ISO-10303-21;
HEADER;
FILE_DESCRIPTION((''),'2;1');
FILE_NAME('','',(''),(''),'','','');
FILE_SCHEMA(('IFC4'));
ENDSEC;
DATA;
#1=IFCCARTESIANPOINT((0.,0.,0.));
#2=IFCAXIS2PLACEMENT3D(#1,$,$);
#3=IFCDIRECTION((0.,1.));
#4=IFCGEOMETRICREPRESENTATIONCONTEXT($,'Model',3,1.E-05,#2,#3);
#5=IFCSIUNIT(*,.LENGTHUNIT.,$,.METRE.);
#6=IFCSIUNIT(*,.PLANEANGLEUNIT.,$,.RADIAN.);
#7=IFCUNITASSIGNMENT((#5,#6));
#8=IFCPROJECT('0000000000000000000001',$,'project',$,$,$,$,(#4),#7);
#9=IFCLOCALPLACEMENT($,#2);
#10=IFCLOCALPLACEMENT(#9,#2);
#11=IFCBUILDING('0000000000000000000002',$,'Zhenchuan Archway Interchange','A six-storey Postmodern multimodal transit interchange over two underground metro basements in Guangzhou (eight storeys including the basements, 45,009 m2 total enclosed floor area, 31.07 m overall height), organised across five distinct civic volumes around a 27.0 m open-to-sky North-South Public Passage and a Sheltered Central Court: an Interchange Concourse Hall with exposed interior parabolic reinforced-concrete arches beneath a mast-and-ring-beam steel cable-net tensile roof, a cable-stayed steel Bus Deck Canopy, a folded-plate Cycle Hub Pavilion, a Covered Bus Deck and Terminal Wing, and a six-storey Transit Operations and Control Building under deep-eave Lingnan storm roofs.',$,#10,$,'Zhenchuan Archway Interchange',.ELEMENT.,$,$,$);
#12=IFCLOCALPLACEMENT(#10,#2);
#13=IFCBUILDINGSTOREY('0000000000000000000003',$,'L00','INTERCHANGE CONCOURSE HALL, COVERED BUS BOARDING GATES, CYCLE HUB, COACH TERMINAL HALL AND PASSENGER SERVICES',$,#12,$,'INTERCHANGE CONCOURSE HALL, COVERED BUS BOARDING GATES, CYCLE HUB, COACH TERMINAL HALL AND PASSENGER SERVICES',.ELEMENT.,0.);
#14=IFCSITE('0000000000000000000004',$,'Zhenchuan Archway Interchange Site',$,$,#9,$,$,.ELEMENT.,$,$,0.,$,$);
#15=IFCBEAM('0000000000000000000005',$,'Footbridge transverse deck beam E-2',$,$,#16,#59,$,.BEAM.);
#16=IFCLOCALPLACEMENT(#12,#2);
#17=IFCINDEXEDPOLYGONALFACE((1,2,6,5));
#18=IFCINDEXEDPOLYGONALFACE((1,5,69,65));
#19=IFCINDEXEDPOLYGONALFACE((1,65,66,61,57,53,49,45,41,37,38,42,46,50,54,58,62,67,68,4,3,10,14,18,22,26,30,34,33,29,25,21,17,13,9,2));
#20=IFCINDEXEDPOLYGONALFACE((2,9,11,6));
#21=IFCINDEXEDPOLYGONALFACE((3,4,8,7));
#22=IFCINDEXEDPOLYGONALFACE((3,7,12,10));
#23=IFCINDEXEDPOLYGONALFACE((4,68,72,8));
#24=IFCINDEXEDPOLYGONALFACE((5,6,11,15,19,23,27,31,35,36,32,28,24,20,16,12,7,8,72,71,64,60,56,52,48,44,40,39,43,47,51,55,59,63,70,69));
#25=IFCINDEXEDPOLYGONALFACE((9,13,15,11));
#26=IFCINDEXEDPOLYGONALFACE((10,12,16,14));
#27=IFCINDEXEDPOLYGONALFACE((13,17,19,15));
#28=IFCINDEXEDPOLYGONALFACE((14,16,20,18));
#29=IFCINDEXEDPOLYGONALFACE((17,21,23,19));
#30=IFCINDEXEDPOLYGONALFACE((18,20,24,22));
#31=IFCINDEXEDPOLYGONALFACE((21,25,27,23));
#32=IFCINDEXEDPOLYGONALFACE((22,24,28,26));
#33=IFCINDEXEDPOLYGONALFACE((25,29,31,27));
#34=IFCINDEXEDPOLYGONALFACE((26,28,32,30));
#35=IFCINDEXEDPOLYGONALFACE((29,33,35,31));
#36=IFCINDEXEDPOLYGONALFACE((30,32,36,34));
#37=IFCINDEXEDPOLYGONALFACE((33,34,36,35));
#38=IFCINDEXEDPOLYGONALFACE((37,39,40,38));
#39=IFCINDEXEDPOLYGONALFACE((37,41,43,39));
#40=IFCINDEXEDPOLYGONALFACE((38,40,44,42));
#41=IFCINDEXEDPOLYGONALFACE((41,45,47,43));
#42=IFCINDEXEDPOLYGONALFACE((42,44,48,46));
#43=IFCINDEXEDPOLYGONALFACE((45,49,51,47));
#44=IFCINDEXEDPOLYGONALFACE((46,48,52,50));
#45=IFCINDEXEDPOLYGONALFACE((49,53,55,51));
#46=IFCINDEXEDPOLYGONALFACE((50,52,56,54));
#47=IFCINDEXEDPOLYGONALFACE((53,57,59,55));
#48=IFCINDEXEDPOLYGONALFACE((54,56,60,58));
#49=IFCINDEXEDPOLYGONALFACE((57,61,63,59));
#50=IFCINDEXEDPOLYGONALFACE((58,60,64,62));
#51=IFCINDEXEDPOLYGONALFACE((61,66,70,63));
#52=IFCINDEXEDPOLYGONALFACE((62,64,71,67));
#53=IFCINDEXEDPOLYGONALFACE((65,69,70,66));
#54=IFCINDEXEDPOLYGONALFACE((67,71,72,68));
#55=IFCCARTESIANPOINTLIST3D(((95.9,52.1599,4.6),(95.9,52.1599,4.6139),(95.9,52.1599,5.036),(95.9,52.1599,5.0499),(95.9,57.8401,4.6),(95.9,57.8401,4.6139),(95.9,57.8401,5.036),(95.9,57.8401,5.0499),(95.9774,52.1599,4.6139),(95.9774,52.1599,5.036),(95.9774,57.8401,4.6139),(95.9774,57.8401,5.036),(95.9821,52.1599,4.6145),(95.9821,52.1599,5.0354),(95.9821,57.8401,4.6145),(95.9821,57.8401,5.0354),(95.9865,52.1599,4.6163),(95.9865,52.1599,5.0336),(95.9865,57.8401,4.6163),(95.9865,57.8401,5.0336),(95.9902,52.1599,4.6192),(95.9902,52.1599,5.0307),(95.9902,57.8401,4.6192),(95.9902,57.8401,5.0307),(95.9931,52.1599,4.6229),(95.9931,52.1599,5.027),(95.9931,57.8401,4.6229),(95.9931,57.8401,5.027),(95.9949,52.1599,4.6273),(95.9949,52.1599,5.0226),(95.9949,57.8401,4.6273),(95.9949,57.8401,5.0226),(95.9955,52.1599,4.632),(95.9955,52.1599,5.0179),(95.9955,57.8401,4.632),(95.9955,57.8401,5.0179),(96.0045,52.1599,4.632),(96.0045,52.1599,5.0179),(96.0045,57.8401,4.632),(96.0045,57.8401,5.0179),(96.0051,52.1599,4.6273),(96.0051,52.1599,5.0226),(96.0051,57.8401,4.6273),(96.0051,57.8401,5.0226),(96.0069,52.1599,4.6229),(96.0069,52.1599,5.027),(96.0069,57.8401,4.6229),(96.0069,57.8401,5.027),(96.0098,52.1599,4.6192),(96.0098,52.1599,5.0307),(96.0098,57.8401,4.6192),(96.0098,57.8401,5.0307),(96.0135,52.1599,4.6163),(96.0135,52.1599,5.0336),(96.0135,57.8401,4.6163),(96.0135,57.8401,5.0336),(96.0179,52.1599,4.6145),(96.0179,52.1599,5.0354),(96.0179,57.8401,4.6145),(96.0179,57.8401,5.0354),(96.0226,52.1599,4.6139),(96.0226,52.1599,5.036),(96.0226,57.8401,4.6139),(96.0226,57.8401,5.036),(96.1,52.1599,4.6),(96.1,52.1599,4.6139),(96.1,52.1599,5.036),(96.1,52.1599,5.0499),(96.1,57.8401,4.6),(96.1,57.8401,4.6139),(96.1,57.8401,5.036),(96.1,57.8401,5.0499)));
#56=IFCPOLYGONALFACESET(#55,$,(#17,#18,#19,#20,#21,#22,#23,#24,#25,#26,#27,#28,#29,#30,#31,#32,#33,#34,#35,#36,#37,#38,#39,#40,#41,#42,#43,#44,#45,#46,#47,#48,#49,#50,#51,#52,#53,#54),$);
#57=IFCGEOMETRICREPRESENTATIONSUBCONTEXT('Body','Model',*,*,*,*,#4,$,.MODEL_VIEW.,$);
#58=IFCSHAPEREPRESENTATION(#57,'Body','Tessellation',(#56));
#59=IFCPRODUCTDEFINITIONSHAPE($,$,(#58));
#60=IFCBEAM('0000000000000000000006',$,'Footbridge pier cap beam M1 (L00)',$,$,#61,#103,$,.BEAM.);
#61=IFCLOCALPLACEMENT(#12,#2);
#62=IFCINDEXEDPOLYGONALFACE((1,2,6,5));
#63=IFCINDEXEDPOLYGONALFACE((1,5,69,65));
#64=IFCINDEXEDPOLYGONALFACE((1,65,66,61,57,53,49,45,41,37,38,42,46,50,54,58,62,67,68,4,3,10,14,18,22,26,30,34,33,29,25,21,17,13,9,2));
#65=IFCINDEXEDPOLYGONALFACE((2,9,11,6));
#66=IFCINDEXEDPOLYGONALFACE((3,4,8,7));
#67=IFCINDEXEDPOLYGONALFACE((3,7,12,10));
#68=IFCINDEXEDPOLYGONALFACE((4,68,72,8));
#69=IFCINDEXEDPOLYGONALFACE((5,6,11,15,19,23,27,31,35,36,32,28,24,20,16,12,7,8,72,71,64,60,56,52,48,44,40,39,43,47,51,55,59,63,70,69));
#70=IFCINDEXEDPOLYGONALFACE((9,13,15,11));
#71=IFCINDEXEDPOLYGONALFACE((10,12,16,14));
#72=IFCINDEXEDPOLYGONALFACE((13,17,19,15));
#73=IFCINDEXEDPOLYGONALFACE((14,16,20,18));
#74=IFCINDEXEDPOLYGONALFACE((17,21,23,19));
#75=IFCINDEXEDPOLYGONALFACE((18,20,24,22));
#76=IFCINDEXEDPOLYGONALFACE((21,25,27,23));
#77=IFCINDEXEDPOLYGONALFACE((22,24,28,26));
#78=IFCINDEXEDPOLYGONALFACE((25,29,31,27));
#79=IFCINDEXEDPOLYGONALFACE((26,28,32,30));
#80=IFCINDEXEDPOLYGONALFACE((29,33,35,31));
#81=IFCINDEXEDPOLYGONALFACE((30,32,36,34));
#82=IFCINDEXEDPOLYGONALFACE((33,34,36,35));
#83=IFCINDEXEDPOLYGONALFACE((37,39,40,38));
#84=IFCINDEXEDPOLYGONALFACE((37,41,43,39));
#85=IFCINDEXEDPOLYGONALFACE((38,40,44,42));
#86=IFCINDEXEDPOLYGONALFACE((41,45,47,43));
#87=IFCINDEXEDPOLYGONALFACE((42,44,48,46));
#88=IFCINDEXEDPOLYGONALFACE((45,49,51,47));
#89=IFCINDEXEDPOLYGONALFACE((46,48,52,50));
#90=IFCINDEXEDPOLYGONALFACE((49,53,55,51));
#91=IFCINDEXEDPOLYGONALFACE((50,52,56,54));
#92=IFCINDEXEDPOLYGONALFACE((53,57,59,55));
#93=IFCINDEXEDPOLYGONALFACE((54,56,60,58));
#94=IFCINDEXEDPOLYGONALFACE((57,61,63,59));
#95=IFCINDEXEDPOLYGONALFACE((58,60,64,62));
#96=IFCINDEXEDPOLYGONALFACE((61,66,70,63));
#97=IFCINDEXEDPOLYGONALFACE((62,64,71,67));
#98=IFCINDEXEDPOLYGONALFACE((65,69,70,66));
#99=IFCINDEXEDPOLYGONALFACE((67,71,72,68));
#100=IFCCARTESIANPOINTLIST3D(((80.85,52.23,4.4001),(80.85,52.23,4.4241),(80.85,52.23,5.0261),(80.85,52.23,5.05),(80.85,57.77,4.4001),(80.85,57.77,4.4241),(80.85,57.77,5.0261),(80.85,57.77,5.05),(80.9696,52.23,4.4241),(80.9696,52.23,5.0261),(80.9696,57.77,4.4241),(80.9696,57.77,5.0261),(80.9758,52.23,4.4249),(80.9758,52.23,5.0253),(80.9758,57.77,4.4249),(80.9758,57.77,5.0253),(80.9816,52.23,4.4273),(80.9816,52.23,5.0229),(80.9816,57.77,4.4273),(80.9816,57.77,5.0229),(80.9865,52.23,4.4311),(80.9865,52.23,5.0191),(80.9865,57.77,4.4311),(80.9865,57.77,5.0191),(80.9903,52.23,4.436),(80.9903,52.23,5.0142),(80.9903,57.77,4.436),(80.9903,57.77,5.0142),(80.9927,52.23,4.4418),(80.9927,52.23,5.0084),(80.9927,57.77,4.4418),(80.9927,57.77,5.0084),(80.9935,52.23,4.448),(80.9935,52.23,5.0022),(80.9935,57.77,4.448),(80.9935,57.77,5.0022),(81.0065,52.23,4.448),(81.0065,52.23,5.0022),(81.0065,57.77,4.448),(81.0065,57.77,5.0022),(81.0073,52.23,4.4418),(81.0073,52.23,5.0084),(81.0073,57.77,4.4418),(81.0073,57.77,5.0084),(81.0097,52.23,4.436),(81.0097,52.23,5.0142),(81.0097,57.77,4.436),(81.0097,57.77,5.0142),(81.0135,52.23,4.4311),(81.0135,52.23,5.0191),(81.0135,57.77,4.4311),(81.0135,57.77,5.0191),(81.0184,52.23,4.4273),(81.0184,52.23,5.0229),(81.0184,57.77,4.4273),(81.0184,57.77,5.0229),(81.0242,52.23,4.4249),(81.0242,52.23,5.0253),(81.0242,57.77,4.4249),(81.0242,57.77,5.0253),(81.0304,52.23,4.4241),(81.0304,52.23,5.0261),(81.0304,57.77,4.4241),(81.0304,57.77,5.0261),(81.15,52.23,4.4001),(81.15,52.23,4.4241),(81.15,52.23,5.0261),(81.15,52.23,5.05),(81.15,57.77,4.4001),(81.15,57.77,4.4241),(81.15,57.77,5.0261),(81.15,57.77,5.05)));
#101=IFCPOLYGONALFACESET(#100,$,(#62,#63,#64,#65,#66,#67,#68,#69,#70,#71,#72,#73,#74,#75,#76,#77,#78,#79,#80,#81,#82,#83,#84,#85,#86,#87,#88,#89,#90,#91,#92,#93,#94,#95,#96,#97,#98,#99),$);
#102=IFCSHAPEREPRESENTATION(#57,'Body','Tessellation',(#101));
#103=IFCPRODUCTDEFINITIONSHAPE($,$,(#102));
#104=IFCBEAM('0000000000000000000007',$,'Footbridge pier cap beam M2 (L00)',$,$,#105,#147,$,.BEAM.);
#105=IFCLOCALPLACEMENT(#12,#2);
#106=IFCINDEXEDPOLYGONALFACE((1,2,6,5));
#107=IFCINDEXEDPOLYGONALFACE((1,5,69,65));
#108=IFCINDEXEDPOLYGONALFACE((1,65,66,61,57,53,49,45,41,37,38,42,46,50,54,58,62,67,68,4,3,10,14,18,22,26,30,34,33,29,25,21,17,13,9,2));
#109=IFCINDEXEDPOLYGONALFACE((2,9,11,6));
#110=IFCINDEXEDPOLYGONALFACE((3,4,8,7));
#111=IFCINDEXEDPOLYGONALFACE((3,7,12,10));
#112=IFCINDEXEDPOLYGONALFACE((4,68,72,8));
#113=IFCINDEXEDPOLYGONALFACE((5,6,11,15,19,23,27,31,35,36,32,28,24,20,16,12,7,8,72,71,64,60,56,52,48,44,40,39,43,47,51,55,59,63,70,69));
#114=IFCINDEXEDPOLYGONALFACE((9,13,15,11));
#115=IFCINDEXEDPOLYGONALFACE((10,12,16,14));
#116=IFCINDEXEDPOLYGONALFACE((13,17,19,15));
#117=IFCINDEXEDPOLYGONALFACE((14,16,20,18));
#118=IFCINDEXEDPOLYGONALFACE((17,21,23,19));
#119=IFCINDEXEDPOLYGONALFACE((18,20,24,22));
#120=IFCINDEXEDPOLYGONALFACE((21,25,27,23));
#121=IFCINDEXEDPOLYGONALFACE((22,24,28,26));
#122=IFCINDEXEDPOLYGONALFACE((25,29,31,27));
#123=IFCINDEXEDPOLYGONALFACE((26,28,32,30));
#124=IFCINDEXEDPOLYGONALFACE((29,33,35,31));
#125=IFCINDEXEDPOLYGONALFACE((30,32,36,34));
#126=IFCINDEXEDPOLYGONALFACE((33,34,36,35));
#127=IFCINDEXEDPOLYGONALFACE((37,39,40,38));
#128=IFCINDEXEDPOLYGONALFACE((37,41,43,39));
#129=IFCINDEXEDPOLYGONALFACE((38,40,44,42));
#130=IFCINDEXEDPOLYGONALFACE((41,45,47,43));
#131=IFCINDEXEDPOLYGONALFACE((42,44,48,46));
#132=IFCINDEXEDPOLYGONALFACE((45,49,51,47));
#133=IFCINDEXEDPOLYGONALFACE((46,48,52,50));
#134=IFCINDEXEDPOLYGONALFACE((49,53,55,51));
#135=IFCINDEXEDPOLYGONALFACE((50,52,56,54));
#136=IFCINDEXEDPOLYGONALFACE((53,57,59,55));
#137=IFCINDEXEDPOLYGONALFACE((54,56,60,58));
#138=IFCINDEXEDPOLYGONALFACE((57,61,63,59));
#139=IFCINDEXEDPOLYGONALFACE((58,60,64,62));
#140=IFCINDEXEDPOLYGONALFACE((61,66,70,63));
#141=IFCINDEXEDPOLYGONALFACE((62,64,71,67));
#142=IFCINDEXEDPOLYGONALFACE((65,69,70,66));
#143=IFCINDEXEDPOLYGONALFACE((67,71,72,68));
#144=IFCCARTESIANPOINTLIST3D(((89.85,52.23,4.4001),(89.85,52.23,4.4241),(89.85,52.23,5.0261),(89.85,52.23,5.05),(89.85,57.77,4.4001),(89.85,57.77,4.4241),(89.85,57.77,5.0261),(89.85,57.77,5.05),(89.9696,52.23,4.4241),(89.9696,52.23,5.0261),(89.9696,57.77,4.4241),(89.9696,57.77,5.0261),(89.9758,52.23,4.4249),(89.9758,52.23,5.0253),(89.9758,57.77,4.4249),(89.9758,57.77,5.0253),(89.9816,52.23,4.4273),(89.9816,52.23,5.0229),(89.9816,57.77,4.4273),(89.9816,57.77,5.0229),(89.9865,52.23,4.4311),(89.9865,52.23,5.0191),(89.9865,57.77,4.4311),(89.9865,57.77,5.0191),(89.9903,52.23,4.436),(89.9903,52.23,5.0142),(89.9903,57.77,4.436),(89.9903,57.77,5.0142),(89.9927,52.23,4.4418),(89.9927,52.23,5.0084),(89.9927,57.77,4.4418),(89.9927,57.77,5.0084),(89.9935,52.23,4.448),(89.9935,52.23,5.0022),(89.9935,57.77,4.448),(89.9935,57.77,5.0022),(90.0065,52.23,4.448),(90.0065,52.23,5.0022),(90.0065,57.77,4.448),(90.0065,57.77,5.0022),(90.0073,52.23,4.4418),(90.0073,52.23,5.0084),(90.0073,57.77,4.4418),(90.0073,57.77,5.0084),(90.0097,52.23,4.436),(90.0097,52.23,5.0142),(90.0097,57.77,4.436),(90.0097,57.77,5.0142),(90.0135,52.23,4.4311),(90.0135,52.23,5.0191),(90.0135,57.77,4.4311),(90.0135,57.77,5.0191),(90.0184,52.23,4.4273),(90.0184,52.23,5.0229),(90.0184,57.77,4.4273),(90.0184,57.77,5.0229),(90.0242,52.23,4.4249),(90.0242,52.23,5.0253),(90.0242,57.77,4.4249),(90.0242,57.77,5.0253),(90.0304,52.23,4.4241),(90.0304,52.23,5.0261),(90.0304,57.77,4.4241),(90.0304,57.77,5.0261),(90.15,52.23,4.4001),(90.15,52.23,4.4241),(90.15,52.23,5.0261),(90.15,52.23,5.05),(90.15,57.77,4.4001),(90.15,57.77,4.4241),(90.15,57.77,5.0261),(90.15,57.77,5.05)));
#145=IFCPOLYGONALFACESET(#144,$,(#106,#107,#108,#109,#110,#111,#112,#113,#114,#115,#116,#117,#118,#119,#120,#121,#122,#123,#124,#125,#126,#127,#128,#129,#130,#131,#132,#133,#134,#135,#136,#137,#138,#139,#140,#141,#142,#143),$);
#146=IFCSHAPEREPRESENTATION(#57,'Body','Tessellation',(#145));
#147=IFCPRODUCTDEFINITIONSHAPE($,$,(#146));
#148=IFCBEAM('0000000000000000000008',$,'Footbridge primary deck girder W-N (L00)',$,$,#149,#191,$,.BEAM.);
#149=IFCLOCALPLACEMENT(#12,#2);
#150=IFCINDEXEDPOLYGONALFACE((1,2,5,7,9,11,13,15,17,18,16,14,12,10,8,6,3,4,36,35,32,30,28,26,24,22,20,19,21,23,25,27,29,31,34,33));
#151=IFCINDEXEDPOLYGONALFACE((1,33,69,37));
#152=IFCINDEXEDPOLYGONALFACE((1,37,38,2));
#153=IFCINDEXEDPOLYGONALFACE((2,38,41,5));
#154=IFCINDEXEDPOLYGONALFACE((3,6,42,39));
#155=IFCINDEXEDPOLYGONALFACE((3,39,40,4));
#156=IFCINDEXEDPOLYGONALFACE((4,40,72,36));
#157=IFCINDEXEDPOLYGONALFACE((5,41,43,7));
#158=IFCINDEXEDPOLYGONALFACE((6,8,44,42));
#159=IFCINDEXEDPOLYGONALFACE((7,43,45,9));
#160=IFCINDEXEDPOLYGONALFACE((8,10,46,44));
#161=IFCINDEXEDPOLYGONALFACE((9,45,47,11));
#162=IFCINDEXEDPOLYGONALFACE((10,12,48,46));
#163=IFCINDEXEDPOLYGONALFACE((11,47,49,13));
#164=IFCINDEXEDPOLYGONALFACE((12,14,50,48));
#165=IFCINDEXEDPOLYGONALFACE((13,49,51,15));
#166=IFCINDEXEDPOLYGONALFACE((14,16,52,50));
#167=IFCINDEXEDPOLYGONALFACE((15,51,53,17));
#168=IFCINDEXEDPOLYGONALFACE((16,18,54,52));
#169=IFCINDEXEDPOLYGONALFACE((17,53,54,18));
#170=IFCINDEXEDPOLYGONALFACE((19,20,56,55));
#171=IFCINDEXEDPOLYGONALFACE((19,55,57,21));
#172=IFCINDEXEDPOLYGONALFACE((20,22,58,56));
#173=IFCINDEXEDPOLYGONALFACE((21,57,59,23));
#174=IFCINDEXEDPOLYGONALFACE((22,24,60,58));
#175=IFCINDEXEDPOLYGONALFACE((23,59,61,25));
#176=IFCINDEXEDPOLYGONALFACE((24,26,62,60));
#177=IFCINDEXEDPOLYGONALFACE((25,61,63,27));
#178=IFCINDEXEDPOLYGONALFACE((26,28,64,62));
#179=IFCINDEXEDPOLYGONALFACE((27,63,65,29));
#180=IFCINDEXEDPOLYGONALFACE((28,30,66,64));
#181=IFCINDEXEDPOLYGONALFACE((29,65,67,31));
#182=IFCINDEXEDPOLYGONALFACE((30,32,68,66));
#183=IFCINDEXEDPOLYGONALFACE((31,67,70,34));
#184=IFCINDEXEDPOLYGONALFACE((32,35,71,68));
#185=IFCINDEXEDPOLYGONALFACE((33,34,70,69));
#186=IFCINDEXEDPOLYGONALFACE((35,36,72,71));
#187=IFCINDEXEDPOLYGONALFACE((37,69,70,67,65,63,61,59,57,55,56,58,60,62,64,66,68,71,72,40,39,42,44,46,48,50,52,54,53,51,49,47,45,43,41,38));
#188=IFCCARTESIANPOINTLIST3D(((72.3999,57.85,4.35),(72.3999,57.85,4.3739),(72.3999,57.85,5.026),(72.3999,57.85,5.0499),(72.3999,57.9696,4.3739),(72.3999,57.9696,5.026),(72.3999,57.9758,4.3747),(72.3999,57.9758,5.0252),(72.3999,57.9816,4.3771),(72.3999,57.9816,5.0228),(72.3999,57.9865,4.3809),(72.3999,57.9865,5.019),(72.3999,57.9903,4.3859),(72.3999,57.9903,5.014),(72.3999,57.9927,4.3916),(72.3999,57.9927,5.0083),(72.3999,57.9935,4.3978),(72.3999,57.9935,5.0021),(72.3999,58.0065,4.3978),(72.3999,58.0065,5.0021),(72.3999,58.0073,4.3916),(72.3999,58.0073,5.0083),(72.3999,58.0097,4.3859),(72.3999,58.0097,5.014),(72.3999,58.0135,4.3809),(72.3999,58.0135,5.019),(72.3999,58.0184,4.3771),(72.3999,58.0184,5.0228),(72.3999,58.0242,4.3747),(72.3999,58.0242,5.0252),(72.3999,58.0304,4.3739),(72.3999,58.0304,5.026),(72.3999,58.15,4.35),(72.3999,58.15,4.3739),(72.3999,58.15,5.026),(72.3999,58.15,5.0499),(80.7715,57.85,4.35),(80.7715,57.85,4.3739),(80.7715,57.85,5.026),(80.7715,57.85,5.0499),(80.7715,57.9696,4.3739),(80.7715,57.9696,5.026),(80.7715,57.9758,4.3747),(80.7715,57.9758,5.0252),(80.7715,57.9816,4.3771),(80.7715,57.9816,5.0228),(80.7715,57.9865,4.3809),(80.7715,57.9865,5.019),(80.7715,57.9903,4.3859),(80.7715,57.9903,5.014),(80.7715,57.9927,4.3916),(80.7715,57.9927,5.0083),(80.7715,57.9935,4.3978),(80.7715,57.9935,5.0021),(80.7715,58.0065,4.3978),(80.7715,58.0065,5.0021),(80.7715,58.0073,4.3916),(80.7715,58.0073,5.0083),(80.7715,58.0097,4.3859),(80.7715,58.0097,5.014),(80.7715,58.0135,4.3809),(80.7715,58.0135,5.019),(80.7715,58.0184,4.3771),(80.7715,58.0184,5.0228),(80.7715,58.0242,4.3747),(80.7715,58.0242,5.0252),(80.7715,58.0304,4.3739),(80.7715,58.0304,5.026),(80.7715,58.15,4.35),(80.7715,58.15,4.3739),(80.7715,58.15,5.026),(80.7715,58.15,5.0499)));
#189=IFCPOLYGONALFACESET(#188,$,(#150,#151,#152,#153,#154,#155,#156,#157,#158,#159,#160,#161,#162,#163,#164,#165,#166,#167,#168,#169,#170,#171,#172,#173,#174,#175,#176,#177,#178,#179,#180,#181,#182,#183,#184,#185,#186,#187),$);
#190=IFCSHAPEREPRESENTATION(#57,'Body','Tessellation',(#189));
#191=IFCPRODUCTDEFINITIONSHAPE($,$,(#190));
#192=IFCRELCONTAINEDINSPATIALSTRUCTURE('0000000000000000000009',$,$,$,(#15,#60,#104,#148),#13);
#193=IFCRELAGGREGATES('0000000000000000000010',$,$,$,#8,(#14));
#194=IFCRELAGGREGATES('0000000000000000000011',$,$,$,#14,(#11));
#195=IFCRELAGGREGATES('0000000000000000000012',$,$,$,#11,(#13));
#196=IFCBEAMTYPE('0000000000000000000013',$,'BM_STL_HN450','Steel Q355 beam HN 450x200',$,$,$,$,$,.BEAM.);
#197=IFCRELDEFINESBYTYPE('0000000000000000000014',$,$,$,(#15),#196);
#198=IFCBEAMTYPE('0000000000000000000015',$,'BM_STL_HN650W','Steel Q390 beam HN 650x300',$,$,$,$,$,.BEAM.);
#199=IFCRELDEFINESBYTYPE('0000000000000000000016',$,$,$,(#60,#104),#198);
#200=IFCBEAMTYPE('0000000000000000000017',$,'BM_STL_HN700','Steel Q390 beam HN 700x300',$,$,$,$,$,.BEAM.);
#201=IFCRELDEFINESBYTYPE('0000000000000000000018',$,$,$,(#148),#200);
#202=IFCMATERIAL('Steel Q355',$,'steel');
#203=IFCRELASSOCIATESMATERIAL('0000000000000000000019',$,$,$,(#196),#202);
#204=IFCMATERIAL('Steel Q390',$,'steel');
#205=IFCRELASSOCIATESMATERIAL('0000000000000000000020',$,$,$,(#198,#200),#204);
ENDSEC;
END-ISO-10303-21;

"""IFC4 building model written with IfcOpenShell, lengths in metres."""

from ifc_helpers import new_model, si_unit, direction, frame, origin, origin_2d, place, context, subcontext, project, spatial, i_section, extrude, material, material_profile, profile_set, type_object, element, save


model = new_model("IFC4")

# Units and contexts
model_context = context("Model", 3, precision=1e-05, world=origin(), true_north=direction((0.0, 1.0)))
body_context = subcontext(model_context, "Body", "Model", "MODEL_VIEW")
ifc_project = project(units=[si_unit("LENGTHUNIT", "METRE"), si_unit("PLANEANGLEUNIT", "RADIAN")], contexts=[model_context])

# Site, building, storey
site_placement = place(None, origin())
site = spatial("IfcSite", under=ifc_project, at=site_placement, Name="Zhenchuan Archway Interchange Site", CompositionType="ELEMENT", RefElevation=0.0)
building_placement = place(site_placement, origin())
building = spatial("IfcBuilding", under=site, at=building_placement, Name="Zhenchuan Archway Interchange", Description="A six-storey Postmodern multimodal transit interchange over two underground metro basements in Guangzhou (eight storeys including the basements, 45,009 m2 total enclosed floor area, 31.07 m overall height), organised across five distinct civic volumes around a 27.0 m open-to-sky North-South Public Passage and a Sheltered Central Court: an Interchange Concourse Hall with exposed interior parabolic reinforced-concrete arches beneath a mast-and-ring-beam steel cable-net tensile roof, a cable-stayed steel Bus Deck Canopy, a folded-plate Cycle Hub Pavilion, a Covered Bus Deck and Terminal Wing, and a six-storey Transit Operations and Control Building under deep-eave Lingnan storm roofs.", LongName="Zhenchuan Archway Interchange", CompositionType="ELEMENT")
storey_placement = place(building_placement, origin())
storey = spatial("IfcBuildingStorey", under=building, at=storey_placement, Name="L00", Description="INTERCHANGE CONCOURSE HALL, COVERED BUS BOARDING GATES, CYCLE HUB, COACH TERMINAL HALL AND PASSENGER SERVICES", LongName="INTERCHANGE CONCOURSE HALL, COVERED BUS BOARDING GATES, CYCLE HUB, COACH TERMINAL HALL AND PASSENGER SERVICES", CompositionType="ELEMENT", Elevation=0.0)

# Shared definitions
ifc_material_1 = material(Name="Steel Q390", Category="steel")

# Beams
ifc_material_2 = material(Name="Steel Q355", Category="steel")
ifc_material_profile_1 = material_profile(ifc_material_2, i_section(OverallWidth=0.2, OverallDepth=0.45, WebThickness=0.009, FlangeThickness=0.0139, FilletRadius=0.0181, at=origin_2d()), Name="HN 450x200")
ifc_profile_set_1 = profile_set([ifc_material_profile_1], Name="Steel Q355")
beam_type_1 = type_object("IfcBeamType", Name="BM_STL_HN450", Description="Steel Q355 beam HN 450x200", PredefinedType="BEAM", material=ifc_profile_set_1)
for number, where, z_axis, x_axis, name in (
    (1, (96.0, 52.1599, 4.825), (0.0, 1.0, 0.0), (-1.0, 0.0, 0.0), "Footbridge transverse deck beam E-2"),
):
    element("IfcBeam", number, at=place(storey_placement, frame(where, z_axis=z_axis, x_axis=x_axis)), inside=storey, type_object=beam_type_1, Name=name, PredefinedType="BEAM", context=body_context, shape_type="SweptSolid", body=[
        extrude(i_section(OverallWidth=0.2, OverallDepth=0.45, WebThickness=0.009, FlangeThickness=0.0139, FilletRadius=0.0181, at=origin_2d()), origin(), (0.0, 0.0, 1.0), 5.6802),
    ])
ifc_material_profile_2 = material_profile(ifc_material_1, i_section(OverallWidth=0.3, OverallDepth=0.6499, WebThickness=0.0129, FlangeThickness=0.0239, FilletRadius=0.0239, at=origin_2d()), Name="HN 650x300")
ifc_profile_set_2 = profile_set([ifc_material_profile_2], Name="Steel Q390")
beam_type_2 = type_object("IfcBeamType", Name="BM_STL_HN650W", Description="Steel Q390 beam HN 650x300", PredefinedType="BEAM", material=ifc_profile_set_2)
for number, where, z_axis, x_axis, name in (
    (2, (81.0, 52.23, 4.7251), (0.0, 1.0, 0.0), (-1.0, 0.0, 0.0), "Footbridge pier cap beam M1 (L00)"),
    (3, (90.0, 52.23, 4.7251), (0.0, 1.0, 0.0), (-1.0, 0.0, 0.0), "Footbridge pier cap beam M2 (L00)"),
):
    element("IfcBeam", number, at=place(storey_placement, frame(where, z_axis=z_axis, x_axis=x_axis)), inside=storey, type_object=beam_type_2, Name=name, PredefinedType="BEAM", context=body_context, shape_type="SweptSolid", body=[
        extrude(i_section(OverallWidth=0.3, OverallDepth=0.6499, WebThickness=0.0129, FlangeThickness=0.0239, FilletRadius=0.0239, at=origin_2d()), origin(), (0.0, 0.0, 1.0), 5.54),
    ])
ifc_material_profile_3 = material_profile(ifc_material_1, i_section(OverallWidth=0.3, OverallDepth=0.7, WebThickness=0.0129, FlangeThickness=0.0239, FilletRadius=0.0239, at=origin_2d()), Name="HN 700x300")
ifc_profile_set_3 = profile_set([ifc_material_profile_3], Name="Steel Q390")
beam_type_3 = type_object("IfcBeamType", Name="BM_STL_HN700", Description="Steel Q390 beam HN 700x300", PredefinedType="BEAM", material=ifc_profile_set_3)
beam_1_placement = place(storey_placement, frame((72.3999, 58.0, 4.7), z_axis=(1.0, 0.0, 0.0), x_axis=(0.0, 1.0, 0.0)))
element("IfcBeam", 4, at=beam_1_placement, inside=storey, type_object=beam_type_3, Name="Footbridge primary deck girder W-N (L00)", PredefinedType="BEAM", context=body_context, shape_type="SweptSolid", body=[
    extrude(i_section(OverallWidth=0.3, OverallDepth=0.7, WebThickness=0.0129, FlangeThickness=0.0239, FilletRadius=0.0239, at=origin_2d()), origin(), (0.0, 0.0, 1.0), 8.3716),
])

save(model, "model.ifc")
